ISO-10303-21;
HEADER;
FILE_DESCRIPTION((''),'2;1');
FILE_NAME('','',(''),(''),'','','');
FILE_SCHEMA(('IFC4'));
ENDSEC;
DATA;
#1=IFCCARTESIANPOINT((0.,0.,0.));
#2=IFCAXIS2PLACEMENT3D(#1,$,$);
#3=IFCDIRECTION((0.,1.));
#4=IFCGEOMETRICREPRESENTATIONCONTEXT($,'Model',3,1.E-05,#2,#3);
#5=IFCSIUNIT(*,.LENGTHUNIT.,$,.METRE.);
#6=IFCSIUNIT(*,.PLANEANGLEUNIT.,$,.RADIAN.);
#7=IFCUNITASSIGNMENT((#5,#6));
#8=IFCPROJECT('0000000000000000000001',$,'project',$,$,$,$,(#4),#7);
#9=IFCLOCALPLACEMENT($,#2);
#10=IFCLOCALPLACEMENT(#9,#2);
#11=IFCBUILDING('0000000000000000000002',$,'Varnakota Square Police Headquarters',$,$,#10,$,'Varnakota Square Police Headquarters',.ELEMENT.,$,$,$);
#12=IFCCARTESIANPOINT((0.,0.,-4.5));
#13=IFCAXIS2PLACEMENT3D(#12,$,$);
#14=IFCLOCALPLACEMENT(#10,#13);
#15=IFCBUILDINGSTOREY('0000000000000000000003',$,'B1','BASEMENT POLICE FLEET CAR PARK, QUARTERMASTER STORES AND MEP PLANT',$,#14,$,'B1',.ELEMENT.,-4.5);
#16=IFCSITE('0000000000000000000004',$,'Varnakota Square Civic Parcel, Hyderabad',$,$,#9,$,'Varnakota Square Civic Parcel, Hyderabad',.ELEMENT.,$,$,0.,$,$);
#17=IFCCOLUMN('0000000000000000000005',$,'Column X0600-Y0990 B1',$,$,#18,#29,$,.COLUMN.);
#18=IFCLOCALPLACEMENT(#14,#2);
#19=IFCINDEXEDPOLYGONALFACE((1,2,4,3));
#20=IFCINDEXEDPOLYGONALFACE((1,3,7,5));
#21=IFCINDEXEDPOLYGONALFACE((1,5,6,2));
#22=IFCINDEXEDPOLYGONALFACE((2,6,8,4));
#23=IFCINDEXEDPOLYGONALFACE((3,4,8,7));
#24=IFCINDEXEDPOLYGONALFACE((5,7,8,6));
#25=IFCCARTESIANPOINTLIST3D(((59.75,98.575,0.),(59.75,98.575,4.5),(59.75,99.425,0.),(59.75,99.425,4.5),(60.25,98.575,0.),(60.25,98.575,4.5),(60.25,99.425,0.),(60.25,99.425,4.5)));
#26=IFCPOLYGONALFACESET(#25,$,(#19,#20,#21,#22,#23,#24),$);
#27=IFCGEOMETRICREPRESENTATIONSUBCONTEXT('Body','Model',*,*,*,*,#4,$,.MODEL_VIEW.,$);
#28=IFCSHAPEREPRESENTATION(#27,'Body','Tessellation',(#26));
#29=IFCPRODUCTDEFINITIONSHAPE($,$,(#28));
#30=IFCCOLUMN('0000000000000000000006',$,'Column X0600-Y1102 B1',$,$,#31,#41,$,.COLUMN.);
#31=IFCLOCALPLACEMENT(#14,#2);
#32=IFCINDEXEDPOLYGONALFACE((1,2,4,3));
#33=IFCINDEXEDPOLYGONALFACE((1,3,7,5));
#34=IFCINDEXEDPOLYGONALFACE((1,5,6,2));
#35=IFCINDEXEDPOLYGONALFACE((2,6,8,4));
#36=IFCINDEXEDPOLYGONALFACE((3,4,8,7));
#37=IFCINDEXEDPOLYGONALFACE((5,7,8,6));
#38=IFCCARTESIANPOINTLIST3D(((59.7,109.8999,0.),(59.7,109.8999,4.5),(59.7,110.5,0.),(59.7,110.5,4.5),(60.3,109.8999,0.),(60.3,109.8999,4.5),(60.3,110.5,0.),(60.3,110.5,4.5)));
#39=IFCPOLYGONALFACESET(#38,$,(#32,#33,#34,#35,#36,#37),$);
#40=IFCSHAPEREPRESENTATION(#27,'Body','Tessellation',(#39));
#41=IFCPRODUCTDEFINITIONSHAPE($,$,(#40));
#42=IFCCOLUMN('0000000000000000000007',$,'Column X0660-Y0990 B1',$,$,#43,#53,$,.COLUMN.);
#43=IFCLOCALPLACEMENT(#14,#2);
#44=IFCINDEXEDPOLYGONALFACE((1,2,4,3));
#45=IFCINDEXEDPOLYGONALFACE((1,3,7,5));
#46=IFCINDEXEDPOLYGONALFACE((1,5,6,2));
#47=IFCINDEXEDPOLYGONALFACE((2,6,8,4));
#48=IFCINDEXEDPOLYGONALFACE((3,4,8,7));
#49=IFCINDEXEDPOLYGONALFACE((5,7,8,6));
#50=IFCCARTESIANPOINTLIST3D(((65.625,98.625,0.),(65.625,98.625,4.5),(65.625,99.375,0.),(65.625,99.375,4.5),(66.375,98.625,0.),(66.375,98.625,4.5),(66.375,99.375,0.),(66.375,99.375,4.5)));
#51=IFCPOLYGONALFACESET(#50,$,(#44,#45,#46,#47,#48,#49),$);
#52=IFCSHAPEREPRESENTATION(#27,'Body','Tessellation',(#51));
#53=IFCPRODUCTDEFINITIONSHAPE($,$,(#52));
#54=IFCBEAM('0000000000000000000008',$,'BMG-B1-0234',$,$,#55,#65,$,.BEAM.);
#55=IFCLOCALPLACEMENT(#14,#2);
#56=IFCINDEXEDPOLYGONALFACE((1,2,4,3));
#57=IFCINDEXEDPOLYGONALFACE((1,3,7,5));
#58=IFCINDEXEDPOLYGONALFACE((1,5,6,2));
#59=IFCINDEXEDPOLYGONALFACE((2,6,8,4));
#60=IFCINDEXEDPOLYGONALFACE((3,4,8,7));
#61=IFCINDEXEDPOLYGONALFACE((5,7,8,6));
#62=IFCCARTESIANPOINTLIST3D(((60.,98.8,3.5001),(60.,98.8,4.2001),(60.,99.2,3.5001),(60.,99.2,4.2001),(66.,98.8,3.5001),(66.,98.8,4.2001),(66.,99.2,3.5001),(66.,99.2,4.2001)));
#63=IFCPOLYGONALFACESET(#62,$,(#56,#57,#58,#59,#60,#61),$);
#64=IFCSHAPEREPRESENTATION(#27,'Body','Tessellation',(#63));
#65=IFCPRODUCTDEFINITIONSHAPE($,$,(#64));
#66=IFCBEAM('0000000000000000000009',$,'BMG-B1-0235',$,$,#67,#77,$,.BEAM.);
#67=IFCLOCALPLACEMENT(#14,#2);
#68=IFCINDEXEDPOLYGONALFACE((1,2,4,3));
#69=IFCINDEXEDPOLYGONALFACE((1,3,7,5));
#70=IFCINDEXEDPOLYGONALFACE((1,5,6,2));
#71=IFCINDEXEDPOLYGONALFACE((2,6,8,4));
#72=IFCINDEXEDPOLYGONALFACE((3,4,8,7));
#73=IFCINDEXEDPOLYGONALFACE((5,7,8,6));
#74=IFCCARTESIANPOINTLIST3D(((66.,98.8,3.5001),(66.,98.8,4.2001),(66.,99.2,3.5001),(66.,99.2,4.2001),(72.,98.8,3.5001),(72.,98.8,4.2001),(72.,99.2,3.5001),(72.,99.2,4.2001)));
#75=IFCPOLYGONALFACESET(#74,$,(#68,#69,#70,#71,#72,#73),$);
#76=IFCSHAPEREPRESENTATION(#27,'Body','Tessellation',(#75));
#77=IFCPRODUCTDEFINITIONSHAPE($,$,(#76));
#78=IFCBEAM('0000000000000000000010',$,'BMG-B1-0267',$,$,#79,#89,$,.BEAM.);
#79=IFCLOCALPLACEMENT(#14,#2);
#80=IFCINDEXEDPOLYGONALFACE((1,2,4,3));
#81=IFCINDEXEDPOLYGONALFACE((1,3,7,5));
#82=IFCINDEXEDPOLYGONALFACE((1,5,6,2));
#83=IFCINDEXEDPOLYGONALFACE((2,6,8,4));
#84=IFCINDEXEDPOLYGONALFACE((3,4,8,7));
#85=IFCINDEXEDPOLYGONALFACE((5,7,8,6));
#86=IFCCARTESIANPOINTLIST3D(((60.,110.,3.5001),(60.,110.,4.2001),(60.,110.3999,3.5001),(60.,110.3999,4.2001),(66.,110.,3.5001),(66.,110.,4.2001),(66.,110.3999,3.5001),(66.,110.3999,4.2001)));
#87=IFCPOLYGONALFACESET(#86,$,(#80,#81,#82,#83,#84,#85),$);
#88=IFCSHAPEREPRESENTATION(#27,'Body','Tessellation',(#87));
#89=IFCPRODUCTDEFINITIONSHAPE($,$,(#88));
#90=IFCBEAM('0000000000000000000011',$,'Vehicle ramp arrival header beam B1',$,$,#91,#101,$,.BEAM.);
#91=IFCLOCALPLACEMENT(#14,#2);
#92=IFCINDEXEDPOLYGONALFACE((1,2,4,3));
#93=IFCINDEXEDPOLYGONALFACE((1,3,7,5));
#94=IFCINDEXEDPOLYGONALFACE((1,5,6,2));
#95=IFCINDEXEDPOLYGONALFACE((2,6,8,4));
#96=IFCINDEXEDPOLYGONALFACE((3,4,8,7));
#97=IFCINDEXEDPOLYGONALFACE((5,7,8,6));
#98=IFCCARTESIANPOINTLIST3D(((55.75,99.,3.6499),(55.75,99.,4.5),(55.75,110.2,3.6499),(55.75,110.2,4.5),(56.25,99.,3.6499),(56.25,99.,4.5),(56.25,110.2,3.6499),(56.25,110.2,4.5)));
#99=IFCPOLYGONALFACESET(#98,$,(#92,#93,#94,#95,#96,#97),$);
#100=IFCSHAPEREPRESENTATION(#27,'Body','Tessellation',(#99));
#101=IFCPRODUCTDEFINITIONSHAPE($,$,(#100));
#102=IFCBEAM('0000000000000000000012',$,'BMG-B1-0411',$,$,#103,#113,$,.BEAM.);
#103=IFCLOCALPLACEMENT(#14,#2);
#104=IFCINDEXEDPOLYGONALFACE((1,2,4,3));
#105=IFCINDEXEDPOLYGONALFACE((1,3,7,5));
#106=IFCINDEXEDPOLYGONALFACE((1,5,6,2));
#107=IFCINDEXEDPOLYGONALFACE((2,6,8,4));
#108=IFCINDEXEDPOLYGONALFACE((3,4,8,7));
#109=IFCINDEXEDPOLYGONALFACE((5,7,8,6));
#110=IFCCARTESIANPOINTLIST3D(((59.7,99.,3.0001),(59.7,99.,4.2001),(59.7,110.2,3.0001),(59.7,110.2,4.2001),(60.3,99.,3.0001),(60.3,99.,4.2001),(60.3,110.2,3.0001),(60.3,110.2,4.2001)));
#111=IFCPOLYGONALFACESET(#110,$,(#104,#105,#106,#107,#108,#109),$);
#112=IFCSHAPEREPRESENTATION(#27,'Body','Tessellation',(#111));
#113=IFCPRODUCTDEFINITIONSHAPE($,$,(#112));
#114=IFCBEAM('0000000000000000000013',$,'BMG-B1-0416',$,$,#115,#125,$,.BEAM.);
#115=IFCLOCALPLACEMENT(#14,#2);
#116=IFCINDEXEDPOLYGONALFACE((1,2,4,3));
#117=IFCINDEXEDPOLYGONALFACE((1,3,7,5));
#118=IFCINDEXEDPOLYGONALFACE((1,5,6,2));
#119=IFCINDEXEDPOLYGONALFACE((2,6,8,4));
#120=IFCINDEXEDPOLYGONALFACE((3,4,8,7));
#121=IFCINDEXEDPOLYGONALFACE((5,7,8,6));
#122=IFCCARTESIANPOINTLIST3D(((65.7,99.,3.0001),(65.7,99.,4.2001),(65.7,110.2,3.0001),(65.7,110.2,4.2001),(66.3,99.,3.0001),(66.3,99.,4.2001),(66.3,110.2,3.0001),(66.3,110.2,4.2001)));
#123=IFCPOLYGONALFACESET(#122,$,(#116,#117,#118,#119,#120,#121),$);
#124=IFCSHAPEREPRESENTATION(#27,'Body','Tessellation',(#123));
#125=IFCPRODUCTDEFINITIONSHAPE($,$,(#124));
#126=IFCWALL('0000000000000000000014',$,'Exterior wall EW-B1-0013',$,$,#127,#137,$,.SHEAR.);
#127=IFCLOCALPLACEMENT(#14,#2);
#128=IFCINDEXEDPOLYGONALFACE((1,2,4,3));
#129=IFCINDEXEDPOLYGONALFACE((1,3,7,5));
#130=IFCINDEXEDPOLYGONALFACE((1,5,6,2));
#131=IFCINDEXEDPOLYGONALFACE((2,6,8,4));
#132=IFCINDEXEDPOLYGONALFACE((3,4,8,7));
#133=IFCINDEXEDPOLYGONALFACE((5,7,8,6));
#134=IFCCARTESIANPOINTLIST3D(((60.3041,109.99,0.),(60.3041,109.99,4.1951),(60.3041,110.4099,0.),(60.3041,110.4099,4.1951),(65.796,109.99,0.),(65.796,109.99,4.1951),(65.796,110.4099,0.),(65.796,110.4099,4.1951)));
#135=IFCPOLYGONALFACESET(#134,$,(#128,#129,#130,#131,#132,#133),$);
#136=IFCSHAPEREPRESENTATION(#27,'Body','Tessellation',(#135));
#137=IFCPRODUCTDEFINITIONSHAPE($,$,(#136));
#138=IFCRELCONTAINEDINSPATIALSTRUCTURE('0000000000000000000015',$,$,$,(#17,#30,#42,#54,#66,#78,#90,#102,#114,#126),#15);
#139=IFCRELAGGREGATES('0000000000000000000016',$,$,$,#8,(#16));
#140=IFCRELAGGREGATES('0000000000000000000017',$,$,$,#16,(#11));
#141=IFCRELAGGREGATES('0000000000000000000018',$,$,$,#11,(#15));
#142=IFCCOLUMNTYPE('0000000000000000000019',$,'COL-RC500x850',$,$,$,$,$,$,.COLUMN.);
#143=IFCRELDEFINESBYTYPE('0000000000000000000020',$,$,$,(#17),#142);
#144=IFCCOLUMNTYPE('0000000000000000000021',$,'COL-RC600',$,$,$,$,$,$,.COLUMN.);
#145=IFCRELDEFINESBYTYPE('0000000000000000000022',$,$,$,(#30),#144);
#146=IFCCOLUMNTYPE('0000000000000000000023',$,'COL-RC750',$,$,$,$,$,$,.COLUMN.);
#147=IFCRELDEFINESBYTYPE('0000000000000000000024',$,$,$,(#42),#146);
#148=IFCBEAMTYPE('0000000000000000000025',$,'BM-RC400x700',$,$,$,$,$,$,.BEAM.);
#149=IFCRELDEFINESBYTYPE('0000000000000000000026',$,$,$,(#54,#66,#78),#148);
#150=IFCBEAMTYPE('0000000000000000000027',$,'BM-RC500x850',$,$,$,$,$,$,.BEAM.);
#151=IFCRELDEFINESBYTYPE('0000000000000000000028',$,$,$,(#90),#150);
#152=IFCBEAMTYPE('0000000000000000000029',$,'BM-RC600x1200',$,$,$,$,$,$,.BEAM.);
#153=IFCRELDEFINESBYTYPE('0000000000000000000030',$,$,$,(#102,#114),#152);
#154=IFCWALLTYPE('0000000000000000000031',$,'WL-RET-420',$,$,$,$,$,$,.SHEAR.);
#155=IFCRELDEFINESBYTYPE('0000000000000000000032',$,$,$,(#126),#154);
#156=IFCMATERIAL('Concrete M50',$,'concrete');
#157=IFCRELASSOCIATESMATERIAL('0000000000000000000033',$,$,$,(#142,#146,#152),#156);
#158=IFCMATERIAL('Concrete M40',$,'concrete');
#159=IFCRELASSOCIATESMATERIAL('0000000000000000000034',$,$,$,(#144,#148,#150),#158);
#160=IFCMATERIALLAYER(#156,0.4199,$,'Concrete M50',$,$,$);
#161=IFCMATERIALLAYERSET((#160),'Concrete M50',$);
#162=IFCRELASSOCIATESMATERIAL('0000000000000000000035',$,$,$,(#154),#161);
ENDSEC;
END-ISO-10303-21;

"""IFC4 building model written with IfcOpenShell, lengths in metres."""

from ifc_helpers import new_model, si_unit, direction, frame, frame_2d, origin, origin_2d, place, context, subcontext, project, spatial, rectangle, extrude, material, layer, layer_set, material_profile, profile_set, type_object, element, save


model = new_model("IFC4")

# Units and contexts
model_context = context("Model", 3, precision=1e-05, world=origin(), true_north=direction((0.0, 1.0)))
body_context = subcontext(model_context, "Body", "Model", "MODEL_VIEW")
ifc_project = project(units=[si_unit("LENGTHUNIT", "METRE"), si_unit("PLANEANGLEUNIT", "RADIAN")], contexts=[model_context])

# Site, building, storey
site_placement = place(None, origin())
site = spatial("IfcSite", under=ifc_project, at=site_placement, Name="Varnakota Square Civic Parcel, Hyderabad", LongName="Varnakota Square Civic Parcel, Hyderabad", CompositionType="ELEMENT", RefElevation=0.0)
building_placement = place(site_placement, origin())
building = spatial("IfcBuilding", under=site, at=building_placement, Name="Varnakota Square Police Headquarters", LongName="Varnakota Square Police Headquarters", CompositionType="ELEMENT")
storey_placement = place(building_placement, frame((0.0, 0.0, -4.5)))
storey = spatial("IfcBuildingStorey", under=building, at=storey_placement, Name="B1", Description="BASEMENT POLICE FLEET CAR PARK, QUARTERMASTER STORES AND MEP PLANT", LongName="B1", CompositionType="ELEMENT", Elevation=-4.5)

# Shared definitions
ifc_material_1 = material(Name="Concrete M40", Category="concrete")
ifc_material_2 = material(Name="Concrete M50", Category="concrete")

# Columns
ifc_material_profile_1 = material_profile(ifc_material_2, rectangle(XDim=0.5, YDim=0.8501, at=origin_2d()), Name="RC 500x850")
ifc_profile_set_1 = profile_set([ifc_material_profile_1], Name="Concrete M50")
column_type_1 = type_object("IfcColumnType", Name="COL-RC500x850", PredefinedType="COLUMN", material=ifc_profile_set_1)
column_1_placement = place(storey_placement, frame((60.0, 99.0, 0.0), z_axis=(0.0, 0.0, 1.0), x_axis=(1.0, 0.0, 0.0)))
element("IfcColumn", 1, at=column_1_placement, inside=storey, type_object=column_type_1, Name="Column X0600-Y0990 B1", PredefinedType="COLUMN", context=body_context, shape_type="SweptSolid", body=[
    extrude(rectangle(XDim=0.5, YDim=0.8501, at=origin_2d()), origin(), (0.0, 0.0, 1.0), 4.5),
])
ifc_material_profile_2 = material_profile(ifc_material_1, rectangle(XDim=0.6001, YDim=0.6001, at=origin_2d()), Name="RC 600x600")
ifc_profile_set_2 = profile_set([ifc_material_profile_2], Name="Concrete M40")
column_type_2 = type_object("IfcColumnType", Name="COL-RC600", PredefinedType="COLUMN", material=ifc_profile_set_2)
column_2_placement = place(storey_placement, frame((60.0, 110.2, 0.0), z_axis=(0.0, 0.0, 1.0), x_axis=(1.0, 0.0, 0.0)))
element("IfcColumn", 2, at=column_2_placement, inside=storey, type_object=column_type_2, Name="Column X0600-Y1102 B1", PredefinedType="COLUMN", context=body_context, shape_type="SweptSolid", body=[
    extrude(rectangle(XDim=0.6001, YDim=0.6001, at=origin_2d()), origin(), (0.0, 0.0, 1.0), 4.5),
])
ifc_material_profile_3 = material_profile(ifc_material_2, rectangle(XDim=0.75, YDim=0.75, at=origin_2d()), Name="RC 750x750")
ifc_profile_set_3 = profile_set([ifc_material_profile_3], Name="Concrete M50")
column_type_3 = type_object("IfcColumnType", Name="COL-RC750", PredefinedType="COLUMN", material=ifc_profile_set_3)
column_3_placement = place(storey_placement, frame((66.0, 99.0, 0.0), z_axis=(0.0, 0.0, 1.0), x_axis=(1.0, 0.0, 0.0)))
element("IfcColumn", 3, at=column_3_placement, inside=storey, type_object=column_type_3, Name="Column X0660-Y0990 B1", PredefinedType="COLUMN", context=body_context, shape_type="SweptSolid", body=[
    extrude(rectangle(XDim=0.75, YDim=0.75, at=origin_2d()), origin(), (0.0, 0.0, 1.0), 4.5),
])

# Beams
ifc_material_profile_4 = material_profile(ifc_material_1, rectangle(XDim=0.3999, YDim=0.7, at=origin_2d()), Name="RC 400x700")
ifc_profile_set_4 = profile_set([ifc_material_profile_4], Name="Concrete M40")
beam_type_1 = type_object("IfcBeamType", Name="BM-RC400x700", PredefinedType="BEAM", material=ifc_profile_set_4)
for number, where, z_axis, x_axis, name in (
    (4, (60.0, 99.0, 3.8501), (1.0, 0.0, 0.0), (0.0, 1.0, 0.0), "BMG-B1-0234"),
    (5, (66.0, 99.0, 3.8501), (1.0, 0.0, 0.0), (0.0, 1.0, 0.0), "BMG-B1-0235"),
    (6, (60.0, 110.2, 3.8501), (1.0, 0.0, 0.0), (0.0, 1.0, 0.0), "BMG-B1-0267"),
):
    element("IfcBeam", number, at=place(storey_placement, frame(where, z_axis=z_axis, x_axis=x_axis)), inside=storey, type_object=beam_type_1, Name=name, PredefinedType="BEAM", context=body_context, shape_type="SweptSolid", body=[
        extrude(rectangle(XDim=0.3999, YDim=0.7, at=origin_2d()), origin(), (0.0, 0.0, 1.0), 6.0),
    ])
ifc_material_profile_5 = material_profile(ifc_material_1, rectangle(XDim=0.5, YDim=0.8501, at=origin_2d()), Name="RC 500x850")
ifc_profile_set_5 = profile_set([ifc_material_profile_5], Name="Concrete M40")
beam_type_2 = type_object("IfcBeamType", Name="BM-RC500x850", PredefinedType="BEAM", material=ifc_profile_set_5)
beam_placement = place(storey_placement, frame((56.0, 99.0, 4.075), z_axis=(0.0, 1.0, 0.0), x_axis=(-1.0, 0.0, 0.0)))
element("IfcBeam", 7, at=beam_placement, inside=storey, type_object=beam_type_2, Name="Vehicle ramp arrival header beam B1", PredefinedType="BEAM", context=body_context, shape_type="SweptSolid", body=[
    extrude(rectangle(XDim=0.5, YDim=0.8501, at=origin_2d()), origin(), (0.0, 0.0, 1.0), 11.2),
])
ifc_material_profile_6 = material_profile(ifc_material_2, rectangle(XDim=0.6001, YDim=1.2, at=origin_2d()), Name="RC 600x1200")
ifc_profile_set_6 = profile_set([ifc_material_profile_6], Name="Concrete M50")
beam_type_3 = type_object("IfcBeamType", Name="BM-RC600x1200", PredefinedType="BEAM", material=ifc_profile_set_6)
for number, where, z_axis, x_axis, name in (
    (8, (60.0, 99.0, 3.6001), (0.0, 1.0, 0.0), (-1.0, 0.0, 0.0), "BMG-B1-0411"),
    (9, (66.0, 99.0, 3.6001), (0.0, 1.0, 0.0), (-1.0, 0.0, 0.0), "BMG-B1-0416"),
):
    element("IfcBeam", number, at=place(storey_placement, frame(where, z_axis=z_axis, x_axis=x_axis)), inside=storey, type_object=beam_type_3, Name=name, PredefinedType="BEAM", context=body_context, shape_type="SweptSolid", body=[
        extrude(rectangle(XDim=0.6001, YDim=1.2, at=origin_2d()), origin(), (0.0, 0.0, 1.0), 11.2),
    ])

# Wall
ifc_layer = layer(ifc_material_2, 0.4199, Name="Concrete M50")
ifc_layer_set = layer_set([ifc_layer], Name="Concrete M50")
wall_type = type_object("IfcWallType", Name="WL-RET-420", PredefinedType="SHEAR", material=ifc_layer_set)
wall_placement = place(storey_placement, frame((60.304, 110.2, 0.0), z_axis=(0.0, 0.0, 1.0), x_axis=(1.0, 0.0, 0.0)))
element("IfcWall", 10, at=wall_placement, inside=storey, type_object=wall_type, Name="Exterior wall EW-B1-0013", PredefinedType="SHEAR", context=body_context, shape_type="SweptSolid", body=[
    extrude(rectangle(XDim=5.4919, YDim=0.4199, at=frame_2d((2.7461, 0.0))), origin(), (0.0, 0.0, 1.0), 4.1951),
])

save(model, "model.ifc")
